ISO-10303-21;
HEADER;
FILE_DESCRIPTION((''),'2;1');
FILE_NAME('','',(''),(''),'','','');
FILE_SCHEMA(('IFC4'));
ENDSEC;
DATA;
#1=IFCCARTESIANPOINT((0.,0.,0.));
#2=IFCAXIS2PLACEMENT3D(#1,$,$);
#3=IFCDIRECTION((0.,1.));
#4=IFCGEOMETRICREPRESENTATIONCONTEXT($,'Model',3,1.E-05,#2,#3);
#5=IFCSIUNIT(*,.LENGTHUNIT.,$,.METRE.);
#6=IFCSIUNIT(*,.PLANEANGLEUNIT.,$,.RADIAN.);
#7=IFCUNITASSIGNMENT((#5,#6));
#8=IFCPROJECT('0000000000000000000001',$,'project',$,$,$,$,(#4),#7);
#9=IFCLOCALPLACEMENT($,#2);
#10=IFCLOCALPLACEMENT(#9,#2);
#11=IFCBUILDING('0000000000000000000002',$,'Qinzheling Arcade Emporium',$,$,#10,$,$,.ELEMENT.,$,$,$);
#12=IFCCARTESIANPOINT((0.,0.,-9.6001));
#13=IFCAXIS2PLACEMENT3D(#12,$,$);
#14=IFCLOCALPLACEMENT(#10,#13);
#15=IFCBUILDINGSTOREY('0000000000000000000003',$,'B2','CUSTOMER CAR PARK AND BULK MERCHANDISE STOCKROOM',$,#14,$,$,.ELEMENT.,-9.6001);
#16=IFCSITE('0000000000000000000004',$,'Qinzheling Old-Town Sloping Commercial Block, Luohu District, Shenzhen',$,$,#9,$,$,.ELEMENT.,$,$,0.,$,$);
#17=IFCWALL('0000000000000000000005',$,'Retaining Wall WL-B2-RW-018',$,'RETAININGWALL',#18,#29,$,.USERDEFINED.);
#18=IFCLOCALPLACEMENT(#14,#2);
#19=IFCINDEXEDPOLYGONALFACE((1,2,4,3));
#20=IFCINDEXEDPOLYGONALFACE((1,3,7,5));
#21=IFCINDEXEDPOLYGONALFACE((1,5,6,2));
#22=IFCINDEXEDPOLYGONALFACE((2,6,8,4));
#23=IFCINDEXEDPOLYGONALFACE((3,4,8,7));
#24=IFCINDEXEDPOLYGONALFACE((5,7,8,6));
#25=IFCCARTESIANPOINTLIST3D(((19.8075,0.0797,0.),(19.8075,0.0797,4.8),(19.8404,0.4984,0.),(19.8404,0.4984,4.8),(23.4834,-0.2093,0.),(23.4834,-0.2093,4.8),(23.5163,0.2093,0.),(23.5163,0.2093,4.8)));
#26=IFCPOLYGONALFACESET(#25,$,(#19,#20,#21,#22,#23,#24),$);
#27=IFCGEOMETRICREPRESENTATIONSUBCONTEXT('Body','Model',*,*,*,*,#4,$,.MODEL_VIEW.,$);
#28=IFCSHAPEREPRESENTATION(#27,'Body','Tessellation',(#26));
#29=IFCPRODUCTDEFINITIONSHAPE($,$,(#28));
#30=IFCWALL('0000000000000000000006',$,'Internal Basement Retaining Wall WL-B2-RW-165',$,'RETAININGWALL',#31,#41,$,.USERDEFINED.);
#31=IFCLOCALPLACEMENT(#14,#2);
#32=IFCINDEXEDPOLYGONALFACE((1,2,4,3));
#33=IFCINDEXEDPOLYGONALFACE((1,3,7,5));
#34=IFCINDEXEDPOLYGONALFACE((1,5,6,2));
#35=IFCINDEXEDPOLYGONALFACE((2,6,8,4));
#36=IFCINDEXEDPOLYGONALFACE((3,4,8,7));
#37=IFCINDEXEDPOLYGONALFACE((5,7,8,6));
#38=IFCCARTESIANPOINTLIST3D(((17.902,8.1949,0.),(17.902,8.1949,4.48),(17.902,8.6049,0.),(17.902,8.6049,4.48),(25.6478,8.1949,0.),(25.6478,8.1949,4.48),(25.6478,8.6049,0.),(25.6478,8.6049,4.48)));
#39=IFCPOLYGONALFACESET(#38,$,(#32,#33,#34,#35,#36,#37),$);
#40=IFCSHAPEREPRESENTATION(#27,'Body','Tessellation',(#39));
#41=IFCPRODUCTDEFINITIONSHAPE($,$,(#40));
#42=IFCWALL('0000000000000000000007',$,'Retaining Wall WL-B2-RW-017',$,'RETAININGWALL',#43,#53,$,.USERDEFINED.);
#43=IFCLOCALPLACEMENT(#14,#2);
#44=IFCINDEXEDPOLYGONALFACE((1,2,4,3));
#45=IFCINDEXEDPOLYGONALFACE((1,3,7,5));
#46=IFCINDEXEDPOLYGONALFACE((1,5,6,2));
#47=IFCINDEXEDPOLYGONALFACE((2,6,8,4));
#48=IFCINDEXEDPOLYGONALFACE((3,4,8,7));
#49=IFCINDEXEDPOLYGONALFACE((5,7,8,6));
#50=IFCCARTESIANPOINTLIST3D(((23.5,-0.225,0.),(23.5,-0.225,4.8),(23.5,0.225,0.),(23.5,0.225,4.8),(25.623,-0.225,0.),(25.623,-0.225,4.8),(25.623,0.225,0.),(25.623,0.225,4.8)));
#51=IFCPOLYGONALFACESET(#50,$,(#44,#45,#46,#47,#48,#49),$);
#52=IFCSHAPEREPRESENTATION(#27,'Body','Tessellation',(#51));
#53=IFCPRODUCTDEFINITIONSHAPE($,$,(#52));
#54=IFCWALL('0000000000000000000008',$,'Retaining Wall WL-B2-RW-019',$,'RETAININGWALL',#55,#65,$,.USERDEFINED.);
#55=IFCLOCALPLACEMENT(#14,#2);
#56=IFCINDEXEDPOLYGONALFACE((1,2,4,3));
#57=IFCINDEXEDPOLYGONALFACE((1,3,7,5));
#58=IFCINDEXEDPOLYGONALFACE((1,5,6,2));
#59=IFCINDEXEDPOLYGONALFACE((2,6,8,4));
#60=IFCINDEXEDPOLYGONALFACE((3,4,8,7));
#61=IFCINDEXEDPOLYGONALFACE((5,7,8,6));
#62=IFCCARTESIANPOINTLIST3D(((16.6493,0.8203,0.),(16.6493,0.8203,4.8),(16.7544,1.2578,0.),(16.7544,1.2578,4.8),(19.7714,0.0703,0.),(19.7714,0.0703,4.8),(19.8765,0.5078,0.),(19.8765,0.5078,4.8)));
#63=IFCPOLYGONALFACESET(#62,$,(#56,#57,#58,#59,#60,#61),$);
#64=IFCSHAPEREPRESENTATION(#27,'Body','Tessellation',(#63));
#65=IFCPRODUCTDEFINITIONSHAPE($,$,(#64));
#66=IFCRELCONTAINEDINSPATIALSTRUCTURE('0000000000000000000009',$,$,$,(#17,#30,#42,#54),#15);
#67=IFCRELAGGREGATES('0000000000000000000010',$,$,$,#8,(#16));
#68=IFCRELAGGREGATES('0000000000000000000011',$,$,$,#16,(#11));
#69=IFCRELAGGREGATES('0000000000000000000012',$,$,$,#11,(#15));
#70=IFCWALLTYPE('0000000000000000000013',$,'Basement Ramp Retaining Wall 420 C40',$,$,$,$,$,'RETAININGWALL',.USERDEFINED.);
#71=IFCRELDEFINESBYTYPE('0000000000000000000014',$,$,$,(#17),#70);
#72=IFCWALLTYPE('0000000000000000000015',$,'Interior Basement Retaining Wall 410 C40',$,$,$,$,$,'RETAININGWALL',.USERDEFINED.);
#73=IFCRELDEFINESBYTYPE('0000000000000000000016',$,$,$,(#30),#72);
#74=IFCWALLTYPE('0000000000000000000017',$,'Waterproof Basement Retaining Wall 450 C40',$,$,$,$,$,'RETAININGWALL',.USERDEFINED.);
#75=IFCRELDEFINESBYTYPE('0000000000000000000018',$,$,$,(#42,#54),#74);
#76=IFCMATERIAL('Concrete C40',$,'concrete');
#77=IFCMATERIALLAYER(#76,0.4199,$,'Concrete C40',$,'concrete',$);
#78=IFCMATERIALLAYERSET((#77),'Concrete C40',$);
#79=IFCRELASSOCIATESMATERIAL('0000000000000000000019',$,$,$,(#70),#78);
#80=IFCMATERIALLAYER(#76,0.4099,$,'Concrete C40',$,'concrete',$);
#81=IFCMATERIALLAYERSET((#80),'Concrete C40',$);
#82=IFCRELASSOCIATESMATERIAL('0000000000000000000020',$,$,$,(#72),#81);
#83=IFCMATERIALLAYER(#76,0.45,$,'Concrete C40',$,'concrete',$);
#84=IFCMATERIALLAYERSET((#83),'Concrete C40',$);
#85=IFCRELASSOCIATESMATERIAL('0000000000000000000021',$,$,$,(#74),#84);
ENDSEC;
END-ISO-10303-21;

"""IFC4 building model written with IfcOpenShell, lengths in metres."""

from ifc_helpers import new_model, si_unit, direction, frame, frame_2d, origin, place, context, subcontext, project, spatial, rectangle, extrude, material, layer, layer_set, type_object, element, save


model = new_model("IFC4")

# Units and contexts
model_context = context("Model", 3, precision=1e-05, world=origin(), true_north=direction((0.0, 1.0)))
body_context = subcontext(model_context, "Body", "Model", "MODEL_VIEW")
ifc_project = project(units=[si_unit("LENGTHUNIT", "METRE"), si_unit("PLANEANGLEUNIT", "RADIAN")], contexts=[model_context])

# Site, building, storey
site_placement = place(None, origin())
site = spatial("IfcSite", under=ifc_project, at=site_placement, Name="Qinzheling Old-Town Sloping Commercial Block, Luohu District, Shenzhen", CompositionType="ELEMENT", RefElevation=0.0)
building_placement = place(site_placement, origin())
building = spatial("IfcBuilding", under=site, at=building_placement, Name="Qinzheling Arcade Emporium", CompositionType="ELEMENT")
storey_placement = place(building_placement, frame((0.0, 0.0, -9.6001)))
storey = spatial("IfcBuildingStorey", under=building, at=storey_placement, Name="B2", Description="CUSTOMER CAR PARK AND BULK MERCHANDISE STOCKROOM", CompositionType="ELEMENT", Elevation=-9.6001)

# Shared definitions
ifc_material_1 = material(Name="Concrete C40", Category="concrete")

# Walls
ifc_layer_1 = layer(ifc_material_1, 0.4199, Name="Concrete C40", Category="concrete")
ifc_layer_set_1 = layer_set([ifc_layer_1], Name="Concrete C40")
wall_type_1 = type_object("IfcWallType", Name="Basement Ramp Retaining Wall 420 C40", ElementType="RETAININGWALL", PredefinedType="USERDEFINED", material=ifc_layer_set_1)
wall_1_placement = place(storey_placement, frame((23.5, 0.0, 0.0), z_axis=(0.0, 0.0, 1.0), x_axis=(-0.996923, 0.078393, 0.0)))
element("IfcWall", 1, at=wall_1_placement, inside=storey, type_object=wall_type_1, Name="Retaining Wall WL-B2-RW-018", ObjectType="RETAININGWALL", PredefinedType="USERDEFINED", context=body_context, shape_type="SweptSolid", body=[
    extrude(rectangle(XDim=3.6873, YDim=0.4199, at=frame_2d((1.8438, 0.0))), origin(), (0.0, 0.0, 1.0), 4.8),
])
ifc_layer_2 = layer(ifc_material_1, 0.4099, Name="Concrete C40", Category="concrete")
ifc_layer_set_2 = layer_set([ifc_layer_2], Name="Concrete C40")
wall_type_2 = type_object("IfcWallType", Name="Interior Basement Retaining Wall 410 C40", ElementType="RETAININGWALL", PredefinedType="USERDEFINED", material=ifc_layer_set_2)
wall_2_placement = place(storey_placement, frame((25.6479, 8.3999, 0.0), z_axis=(0.0, 0.0, 1.0), x_axis=(-1.0, 0.0, 0.0)))
element("IfcWall", 2, at=wall_2_placement, inside=storey, type_object=wall_type_2, Name="Internal Basement Retaining Wall WL-B2-RW-165", ObjectType="RETAININGWALL", PredefinedType="USERDEFINED", context=body_context, shape_type="SweptSolid", body=[
    extrude(rectangle(XDim=7.7458, YDim=0.4099, at=frame_2d((3.873, 0.0))), origin(), (0.0, 0.0, 1.0), 4.48),
])
ifc_layer_3 = layer(ifc_material_1, 0.45, Name="Concrete C40", Category="concrete")
ifc_layer_set_3 = layer_set([ifc_layer_3], Name="Concrete C40")
wall_type_3 = type_object("IfcWallType", Name="Waterproof Basement Retaining Wall 450 C40", ElementType="RETAININGWALL", PredefinedType="USERDEFINED", material=ifc_layer_set_3)
wall_3_placement = place(storey_placement, frame((25.623, 0.0, 0.0), z_axis=(0.0, 0.0, 1.0), x_axis=(-1.0, 0.0, 0.0)))
element("IfcWall", 3, at=wall_3_placement, inside=storey, type_object=wall_type_3, Name="Retaining Wall WL-B2-RW-017", ObjectType="RETAININGWALL", PredefinedType="USERDEFINED", context=body_context, shape_type="SweptSolid", body=[
    extrude(rectangle(XDim=2.123, YDim=0.45, at=frame_2d((1.0615, 0.0))), origin(), (0.0, 0.0, 1.0), 4.8),
])
wall_4_placement = place(storey_placement, frame((19.824, 0.2891, 0.0), z_axis=(0.0, 0.0, 1.0), x_axis=(-0.972338, 0.23358, 0.0)))
element("IfcWall", 4, at=wall_4_placement, inside=storey, type_object=wall_type_3, Name="Retaining Wall WL-B2-RW-019", ObjectType="RETAININGWALL", PredefinedType="USERDEFINED", context=body_context, shape_type="SweptSolid", body=[
    extrude(rectangle(XDim=3.2109, YDim=0.45, at=frame_2d((1.6055, 0.0))), origin(), (0.0, 0.0, 1.0), 4.8),
])

save(model, "model.ifc")
